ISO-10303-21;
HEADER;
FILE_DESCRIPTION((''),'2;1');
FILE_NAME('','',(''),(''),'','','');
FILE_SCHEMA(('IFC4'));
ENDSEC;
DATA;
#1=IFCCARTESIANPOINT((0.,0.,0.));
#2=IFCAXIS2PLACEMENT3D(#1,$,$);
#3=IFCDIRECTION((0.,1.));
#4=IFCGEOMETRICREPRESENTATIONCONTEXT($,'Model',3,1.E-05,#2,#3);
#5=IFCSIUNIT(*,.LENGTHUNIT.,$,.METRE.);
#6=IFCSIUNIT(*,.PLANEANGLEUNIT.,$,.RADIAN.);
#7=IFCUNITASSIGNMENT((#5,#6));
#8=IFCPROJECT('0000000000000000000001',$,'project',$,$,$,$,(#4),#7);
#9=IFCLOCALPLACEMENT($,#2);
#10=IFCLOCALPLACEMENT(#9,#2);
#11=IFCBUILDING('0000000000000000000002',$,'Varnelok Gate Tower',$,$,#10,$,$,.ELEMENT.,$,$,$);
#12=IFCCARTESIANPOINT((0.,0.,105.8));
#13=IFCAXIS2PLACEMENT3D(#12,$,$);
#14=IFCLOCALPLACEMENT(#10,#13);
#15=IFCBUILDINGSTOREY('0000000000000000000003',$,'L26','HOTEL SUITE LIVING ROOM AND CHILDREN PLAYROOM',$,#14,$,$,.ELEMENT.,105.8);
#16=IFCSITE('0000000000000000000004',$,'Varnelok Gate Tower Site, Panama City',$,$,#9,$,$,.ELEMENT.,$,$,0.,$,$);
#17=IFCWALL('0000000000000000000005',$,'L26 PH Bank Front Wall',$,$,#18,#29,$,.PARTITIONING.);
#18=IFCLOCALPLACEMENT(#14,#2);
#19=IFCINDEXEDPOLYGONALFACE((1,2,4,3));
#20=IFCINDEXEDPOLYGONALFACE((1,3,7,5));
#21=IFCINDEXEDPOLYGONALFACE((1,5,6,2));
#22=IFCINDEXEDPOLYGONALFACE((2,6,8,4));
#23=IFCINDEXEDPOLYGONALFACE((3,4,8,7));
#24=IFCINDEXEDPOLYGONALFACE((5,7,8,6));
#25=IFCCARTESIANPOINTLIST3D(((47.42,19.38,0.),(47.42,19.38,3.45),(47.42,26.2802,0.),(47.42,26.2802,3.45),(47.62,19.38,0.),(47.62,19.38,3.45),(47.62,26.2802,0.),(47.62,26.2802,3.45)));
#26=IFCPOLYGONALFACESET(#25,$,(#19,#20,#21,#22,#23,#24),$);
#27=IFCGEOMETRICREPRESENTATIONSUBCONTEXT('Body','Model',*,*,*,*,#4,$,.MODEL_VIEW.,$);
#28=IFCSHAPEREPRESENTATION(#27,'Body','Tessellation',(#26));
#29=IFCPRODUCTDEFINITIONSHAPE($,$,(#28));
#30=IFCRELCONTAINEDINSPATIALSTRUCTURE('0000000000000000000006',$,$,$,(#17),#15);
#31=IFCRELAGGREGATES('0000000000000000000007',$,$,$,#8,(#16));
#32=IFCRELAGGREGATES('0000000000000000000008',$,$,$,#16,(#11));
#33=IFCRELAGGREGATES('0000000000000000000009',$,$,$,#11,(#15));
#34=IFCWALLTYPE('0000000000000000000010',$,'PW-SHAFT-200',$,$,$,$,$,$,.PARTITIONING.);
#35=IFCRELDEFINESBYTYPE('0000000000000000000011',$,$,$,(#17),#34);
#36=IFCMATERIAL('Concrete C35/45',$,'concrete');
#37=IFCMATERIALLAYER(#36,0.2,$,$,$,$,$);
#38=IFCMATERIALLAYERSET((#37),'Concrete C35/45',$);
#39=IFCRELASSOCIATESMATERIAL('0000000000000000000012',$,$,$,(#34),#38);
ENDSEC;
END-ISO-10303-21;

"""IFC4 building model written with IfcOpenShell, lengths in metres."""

from ifc_helpers import new_model, si_unit, direction, frame, frame_2d, origin, place, context, subcontext, project, spatial, rectangle, extrude, material, layer, layer_set, type_object, element, save


model = new_model("IFC4")

# Units and contexts
model_context = context("Model", 3, precision=1e-05, world=origin(), true_north=direction((0.0, 1.0)))
body_context = subcontext(model_context, "Body", "Model", "MODEL_VIEW")
ifc_project = project(units=[si_unit("LENGTHUNIT", "METRE"), si_unit("PLANEANGLEUNIT", "RADIAN")], contexts=[model_context])

# Site, building, storey
site_placement = place(None, origin())
site = spatial("IfcSite", under=ifc_project, at=site_placement, Name="Varnelok Gate Tower Site, Panama City", CompositionType="ELEMENT", RefElevation=0.0)
building_placement = place(site_placement, origin())
building = spatial("IfcBuilding", under=site, at=building_placement, Name="Varnelok Gate Tower", CompositionType="ELEMENT")
storey_placement = place(building_placement, frame((0.0, 0.0, 105.8)))
storey = spatial("IfcBuildingStorey", under=building, at=storey_placement, Name="L26", Description="HOTEL SUITE LIVING ROOM AND CHILDREN PLAYROOM", CompositionType="ELEMENT", Elevation=105.8)

# Wall
ifc_material_1 = material(Name="Concrete C35/45", Category="concrete")
ifc_layer_1 = layer(ifc_material_1, 0.2)
ifc_layer_set_1 = layer_set([ifc_layer_1], Name="Concrete C35/45")
wall_type_1 = type_object("IfcWallType", Name="PW-SHAFT-200", PredefinedType="PARTITIONING", material=ifc_layer_set_1)
for number, where, z_axis, x_axis, name in (
    (1, (47.52, 19.3799, 0.0), (0.0, 0.0, 1.0), (0.0, 1.0, 0.0), "L26 PH Bank Front Wall"),
):
    element("IfcWall", number, at=place(storey_placement, frame(where, z_axis=z_axis, x_axis=x_axis)), inside=storey, type_object=wall_type_1, Name=name, PredefinedType="PARTITIONING", context=body_context, shape_type="SweptSolid", body=[
        extrude(rectangle(XDim=6.9001, YDim=0.2, at=frame_2d((3.4502, 0.0))), origin(), (0.0, 0.0, 1.0), 3.45),
    ])

save(model, "model.ifc")
